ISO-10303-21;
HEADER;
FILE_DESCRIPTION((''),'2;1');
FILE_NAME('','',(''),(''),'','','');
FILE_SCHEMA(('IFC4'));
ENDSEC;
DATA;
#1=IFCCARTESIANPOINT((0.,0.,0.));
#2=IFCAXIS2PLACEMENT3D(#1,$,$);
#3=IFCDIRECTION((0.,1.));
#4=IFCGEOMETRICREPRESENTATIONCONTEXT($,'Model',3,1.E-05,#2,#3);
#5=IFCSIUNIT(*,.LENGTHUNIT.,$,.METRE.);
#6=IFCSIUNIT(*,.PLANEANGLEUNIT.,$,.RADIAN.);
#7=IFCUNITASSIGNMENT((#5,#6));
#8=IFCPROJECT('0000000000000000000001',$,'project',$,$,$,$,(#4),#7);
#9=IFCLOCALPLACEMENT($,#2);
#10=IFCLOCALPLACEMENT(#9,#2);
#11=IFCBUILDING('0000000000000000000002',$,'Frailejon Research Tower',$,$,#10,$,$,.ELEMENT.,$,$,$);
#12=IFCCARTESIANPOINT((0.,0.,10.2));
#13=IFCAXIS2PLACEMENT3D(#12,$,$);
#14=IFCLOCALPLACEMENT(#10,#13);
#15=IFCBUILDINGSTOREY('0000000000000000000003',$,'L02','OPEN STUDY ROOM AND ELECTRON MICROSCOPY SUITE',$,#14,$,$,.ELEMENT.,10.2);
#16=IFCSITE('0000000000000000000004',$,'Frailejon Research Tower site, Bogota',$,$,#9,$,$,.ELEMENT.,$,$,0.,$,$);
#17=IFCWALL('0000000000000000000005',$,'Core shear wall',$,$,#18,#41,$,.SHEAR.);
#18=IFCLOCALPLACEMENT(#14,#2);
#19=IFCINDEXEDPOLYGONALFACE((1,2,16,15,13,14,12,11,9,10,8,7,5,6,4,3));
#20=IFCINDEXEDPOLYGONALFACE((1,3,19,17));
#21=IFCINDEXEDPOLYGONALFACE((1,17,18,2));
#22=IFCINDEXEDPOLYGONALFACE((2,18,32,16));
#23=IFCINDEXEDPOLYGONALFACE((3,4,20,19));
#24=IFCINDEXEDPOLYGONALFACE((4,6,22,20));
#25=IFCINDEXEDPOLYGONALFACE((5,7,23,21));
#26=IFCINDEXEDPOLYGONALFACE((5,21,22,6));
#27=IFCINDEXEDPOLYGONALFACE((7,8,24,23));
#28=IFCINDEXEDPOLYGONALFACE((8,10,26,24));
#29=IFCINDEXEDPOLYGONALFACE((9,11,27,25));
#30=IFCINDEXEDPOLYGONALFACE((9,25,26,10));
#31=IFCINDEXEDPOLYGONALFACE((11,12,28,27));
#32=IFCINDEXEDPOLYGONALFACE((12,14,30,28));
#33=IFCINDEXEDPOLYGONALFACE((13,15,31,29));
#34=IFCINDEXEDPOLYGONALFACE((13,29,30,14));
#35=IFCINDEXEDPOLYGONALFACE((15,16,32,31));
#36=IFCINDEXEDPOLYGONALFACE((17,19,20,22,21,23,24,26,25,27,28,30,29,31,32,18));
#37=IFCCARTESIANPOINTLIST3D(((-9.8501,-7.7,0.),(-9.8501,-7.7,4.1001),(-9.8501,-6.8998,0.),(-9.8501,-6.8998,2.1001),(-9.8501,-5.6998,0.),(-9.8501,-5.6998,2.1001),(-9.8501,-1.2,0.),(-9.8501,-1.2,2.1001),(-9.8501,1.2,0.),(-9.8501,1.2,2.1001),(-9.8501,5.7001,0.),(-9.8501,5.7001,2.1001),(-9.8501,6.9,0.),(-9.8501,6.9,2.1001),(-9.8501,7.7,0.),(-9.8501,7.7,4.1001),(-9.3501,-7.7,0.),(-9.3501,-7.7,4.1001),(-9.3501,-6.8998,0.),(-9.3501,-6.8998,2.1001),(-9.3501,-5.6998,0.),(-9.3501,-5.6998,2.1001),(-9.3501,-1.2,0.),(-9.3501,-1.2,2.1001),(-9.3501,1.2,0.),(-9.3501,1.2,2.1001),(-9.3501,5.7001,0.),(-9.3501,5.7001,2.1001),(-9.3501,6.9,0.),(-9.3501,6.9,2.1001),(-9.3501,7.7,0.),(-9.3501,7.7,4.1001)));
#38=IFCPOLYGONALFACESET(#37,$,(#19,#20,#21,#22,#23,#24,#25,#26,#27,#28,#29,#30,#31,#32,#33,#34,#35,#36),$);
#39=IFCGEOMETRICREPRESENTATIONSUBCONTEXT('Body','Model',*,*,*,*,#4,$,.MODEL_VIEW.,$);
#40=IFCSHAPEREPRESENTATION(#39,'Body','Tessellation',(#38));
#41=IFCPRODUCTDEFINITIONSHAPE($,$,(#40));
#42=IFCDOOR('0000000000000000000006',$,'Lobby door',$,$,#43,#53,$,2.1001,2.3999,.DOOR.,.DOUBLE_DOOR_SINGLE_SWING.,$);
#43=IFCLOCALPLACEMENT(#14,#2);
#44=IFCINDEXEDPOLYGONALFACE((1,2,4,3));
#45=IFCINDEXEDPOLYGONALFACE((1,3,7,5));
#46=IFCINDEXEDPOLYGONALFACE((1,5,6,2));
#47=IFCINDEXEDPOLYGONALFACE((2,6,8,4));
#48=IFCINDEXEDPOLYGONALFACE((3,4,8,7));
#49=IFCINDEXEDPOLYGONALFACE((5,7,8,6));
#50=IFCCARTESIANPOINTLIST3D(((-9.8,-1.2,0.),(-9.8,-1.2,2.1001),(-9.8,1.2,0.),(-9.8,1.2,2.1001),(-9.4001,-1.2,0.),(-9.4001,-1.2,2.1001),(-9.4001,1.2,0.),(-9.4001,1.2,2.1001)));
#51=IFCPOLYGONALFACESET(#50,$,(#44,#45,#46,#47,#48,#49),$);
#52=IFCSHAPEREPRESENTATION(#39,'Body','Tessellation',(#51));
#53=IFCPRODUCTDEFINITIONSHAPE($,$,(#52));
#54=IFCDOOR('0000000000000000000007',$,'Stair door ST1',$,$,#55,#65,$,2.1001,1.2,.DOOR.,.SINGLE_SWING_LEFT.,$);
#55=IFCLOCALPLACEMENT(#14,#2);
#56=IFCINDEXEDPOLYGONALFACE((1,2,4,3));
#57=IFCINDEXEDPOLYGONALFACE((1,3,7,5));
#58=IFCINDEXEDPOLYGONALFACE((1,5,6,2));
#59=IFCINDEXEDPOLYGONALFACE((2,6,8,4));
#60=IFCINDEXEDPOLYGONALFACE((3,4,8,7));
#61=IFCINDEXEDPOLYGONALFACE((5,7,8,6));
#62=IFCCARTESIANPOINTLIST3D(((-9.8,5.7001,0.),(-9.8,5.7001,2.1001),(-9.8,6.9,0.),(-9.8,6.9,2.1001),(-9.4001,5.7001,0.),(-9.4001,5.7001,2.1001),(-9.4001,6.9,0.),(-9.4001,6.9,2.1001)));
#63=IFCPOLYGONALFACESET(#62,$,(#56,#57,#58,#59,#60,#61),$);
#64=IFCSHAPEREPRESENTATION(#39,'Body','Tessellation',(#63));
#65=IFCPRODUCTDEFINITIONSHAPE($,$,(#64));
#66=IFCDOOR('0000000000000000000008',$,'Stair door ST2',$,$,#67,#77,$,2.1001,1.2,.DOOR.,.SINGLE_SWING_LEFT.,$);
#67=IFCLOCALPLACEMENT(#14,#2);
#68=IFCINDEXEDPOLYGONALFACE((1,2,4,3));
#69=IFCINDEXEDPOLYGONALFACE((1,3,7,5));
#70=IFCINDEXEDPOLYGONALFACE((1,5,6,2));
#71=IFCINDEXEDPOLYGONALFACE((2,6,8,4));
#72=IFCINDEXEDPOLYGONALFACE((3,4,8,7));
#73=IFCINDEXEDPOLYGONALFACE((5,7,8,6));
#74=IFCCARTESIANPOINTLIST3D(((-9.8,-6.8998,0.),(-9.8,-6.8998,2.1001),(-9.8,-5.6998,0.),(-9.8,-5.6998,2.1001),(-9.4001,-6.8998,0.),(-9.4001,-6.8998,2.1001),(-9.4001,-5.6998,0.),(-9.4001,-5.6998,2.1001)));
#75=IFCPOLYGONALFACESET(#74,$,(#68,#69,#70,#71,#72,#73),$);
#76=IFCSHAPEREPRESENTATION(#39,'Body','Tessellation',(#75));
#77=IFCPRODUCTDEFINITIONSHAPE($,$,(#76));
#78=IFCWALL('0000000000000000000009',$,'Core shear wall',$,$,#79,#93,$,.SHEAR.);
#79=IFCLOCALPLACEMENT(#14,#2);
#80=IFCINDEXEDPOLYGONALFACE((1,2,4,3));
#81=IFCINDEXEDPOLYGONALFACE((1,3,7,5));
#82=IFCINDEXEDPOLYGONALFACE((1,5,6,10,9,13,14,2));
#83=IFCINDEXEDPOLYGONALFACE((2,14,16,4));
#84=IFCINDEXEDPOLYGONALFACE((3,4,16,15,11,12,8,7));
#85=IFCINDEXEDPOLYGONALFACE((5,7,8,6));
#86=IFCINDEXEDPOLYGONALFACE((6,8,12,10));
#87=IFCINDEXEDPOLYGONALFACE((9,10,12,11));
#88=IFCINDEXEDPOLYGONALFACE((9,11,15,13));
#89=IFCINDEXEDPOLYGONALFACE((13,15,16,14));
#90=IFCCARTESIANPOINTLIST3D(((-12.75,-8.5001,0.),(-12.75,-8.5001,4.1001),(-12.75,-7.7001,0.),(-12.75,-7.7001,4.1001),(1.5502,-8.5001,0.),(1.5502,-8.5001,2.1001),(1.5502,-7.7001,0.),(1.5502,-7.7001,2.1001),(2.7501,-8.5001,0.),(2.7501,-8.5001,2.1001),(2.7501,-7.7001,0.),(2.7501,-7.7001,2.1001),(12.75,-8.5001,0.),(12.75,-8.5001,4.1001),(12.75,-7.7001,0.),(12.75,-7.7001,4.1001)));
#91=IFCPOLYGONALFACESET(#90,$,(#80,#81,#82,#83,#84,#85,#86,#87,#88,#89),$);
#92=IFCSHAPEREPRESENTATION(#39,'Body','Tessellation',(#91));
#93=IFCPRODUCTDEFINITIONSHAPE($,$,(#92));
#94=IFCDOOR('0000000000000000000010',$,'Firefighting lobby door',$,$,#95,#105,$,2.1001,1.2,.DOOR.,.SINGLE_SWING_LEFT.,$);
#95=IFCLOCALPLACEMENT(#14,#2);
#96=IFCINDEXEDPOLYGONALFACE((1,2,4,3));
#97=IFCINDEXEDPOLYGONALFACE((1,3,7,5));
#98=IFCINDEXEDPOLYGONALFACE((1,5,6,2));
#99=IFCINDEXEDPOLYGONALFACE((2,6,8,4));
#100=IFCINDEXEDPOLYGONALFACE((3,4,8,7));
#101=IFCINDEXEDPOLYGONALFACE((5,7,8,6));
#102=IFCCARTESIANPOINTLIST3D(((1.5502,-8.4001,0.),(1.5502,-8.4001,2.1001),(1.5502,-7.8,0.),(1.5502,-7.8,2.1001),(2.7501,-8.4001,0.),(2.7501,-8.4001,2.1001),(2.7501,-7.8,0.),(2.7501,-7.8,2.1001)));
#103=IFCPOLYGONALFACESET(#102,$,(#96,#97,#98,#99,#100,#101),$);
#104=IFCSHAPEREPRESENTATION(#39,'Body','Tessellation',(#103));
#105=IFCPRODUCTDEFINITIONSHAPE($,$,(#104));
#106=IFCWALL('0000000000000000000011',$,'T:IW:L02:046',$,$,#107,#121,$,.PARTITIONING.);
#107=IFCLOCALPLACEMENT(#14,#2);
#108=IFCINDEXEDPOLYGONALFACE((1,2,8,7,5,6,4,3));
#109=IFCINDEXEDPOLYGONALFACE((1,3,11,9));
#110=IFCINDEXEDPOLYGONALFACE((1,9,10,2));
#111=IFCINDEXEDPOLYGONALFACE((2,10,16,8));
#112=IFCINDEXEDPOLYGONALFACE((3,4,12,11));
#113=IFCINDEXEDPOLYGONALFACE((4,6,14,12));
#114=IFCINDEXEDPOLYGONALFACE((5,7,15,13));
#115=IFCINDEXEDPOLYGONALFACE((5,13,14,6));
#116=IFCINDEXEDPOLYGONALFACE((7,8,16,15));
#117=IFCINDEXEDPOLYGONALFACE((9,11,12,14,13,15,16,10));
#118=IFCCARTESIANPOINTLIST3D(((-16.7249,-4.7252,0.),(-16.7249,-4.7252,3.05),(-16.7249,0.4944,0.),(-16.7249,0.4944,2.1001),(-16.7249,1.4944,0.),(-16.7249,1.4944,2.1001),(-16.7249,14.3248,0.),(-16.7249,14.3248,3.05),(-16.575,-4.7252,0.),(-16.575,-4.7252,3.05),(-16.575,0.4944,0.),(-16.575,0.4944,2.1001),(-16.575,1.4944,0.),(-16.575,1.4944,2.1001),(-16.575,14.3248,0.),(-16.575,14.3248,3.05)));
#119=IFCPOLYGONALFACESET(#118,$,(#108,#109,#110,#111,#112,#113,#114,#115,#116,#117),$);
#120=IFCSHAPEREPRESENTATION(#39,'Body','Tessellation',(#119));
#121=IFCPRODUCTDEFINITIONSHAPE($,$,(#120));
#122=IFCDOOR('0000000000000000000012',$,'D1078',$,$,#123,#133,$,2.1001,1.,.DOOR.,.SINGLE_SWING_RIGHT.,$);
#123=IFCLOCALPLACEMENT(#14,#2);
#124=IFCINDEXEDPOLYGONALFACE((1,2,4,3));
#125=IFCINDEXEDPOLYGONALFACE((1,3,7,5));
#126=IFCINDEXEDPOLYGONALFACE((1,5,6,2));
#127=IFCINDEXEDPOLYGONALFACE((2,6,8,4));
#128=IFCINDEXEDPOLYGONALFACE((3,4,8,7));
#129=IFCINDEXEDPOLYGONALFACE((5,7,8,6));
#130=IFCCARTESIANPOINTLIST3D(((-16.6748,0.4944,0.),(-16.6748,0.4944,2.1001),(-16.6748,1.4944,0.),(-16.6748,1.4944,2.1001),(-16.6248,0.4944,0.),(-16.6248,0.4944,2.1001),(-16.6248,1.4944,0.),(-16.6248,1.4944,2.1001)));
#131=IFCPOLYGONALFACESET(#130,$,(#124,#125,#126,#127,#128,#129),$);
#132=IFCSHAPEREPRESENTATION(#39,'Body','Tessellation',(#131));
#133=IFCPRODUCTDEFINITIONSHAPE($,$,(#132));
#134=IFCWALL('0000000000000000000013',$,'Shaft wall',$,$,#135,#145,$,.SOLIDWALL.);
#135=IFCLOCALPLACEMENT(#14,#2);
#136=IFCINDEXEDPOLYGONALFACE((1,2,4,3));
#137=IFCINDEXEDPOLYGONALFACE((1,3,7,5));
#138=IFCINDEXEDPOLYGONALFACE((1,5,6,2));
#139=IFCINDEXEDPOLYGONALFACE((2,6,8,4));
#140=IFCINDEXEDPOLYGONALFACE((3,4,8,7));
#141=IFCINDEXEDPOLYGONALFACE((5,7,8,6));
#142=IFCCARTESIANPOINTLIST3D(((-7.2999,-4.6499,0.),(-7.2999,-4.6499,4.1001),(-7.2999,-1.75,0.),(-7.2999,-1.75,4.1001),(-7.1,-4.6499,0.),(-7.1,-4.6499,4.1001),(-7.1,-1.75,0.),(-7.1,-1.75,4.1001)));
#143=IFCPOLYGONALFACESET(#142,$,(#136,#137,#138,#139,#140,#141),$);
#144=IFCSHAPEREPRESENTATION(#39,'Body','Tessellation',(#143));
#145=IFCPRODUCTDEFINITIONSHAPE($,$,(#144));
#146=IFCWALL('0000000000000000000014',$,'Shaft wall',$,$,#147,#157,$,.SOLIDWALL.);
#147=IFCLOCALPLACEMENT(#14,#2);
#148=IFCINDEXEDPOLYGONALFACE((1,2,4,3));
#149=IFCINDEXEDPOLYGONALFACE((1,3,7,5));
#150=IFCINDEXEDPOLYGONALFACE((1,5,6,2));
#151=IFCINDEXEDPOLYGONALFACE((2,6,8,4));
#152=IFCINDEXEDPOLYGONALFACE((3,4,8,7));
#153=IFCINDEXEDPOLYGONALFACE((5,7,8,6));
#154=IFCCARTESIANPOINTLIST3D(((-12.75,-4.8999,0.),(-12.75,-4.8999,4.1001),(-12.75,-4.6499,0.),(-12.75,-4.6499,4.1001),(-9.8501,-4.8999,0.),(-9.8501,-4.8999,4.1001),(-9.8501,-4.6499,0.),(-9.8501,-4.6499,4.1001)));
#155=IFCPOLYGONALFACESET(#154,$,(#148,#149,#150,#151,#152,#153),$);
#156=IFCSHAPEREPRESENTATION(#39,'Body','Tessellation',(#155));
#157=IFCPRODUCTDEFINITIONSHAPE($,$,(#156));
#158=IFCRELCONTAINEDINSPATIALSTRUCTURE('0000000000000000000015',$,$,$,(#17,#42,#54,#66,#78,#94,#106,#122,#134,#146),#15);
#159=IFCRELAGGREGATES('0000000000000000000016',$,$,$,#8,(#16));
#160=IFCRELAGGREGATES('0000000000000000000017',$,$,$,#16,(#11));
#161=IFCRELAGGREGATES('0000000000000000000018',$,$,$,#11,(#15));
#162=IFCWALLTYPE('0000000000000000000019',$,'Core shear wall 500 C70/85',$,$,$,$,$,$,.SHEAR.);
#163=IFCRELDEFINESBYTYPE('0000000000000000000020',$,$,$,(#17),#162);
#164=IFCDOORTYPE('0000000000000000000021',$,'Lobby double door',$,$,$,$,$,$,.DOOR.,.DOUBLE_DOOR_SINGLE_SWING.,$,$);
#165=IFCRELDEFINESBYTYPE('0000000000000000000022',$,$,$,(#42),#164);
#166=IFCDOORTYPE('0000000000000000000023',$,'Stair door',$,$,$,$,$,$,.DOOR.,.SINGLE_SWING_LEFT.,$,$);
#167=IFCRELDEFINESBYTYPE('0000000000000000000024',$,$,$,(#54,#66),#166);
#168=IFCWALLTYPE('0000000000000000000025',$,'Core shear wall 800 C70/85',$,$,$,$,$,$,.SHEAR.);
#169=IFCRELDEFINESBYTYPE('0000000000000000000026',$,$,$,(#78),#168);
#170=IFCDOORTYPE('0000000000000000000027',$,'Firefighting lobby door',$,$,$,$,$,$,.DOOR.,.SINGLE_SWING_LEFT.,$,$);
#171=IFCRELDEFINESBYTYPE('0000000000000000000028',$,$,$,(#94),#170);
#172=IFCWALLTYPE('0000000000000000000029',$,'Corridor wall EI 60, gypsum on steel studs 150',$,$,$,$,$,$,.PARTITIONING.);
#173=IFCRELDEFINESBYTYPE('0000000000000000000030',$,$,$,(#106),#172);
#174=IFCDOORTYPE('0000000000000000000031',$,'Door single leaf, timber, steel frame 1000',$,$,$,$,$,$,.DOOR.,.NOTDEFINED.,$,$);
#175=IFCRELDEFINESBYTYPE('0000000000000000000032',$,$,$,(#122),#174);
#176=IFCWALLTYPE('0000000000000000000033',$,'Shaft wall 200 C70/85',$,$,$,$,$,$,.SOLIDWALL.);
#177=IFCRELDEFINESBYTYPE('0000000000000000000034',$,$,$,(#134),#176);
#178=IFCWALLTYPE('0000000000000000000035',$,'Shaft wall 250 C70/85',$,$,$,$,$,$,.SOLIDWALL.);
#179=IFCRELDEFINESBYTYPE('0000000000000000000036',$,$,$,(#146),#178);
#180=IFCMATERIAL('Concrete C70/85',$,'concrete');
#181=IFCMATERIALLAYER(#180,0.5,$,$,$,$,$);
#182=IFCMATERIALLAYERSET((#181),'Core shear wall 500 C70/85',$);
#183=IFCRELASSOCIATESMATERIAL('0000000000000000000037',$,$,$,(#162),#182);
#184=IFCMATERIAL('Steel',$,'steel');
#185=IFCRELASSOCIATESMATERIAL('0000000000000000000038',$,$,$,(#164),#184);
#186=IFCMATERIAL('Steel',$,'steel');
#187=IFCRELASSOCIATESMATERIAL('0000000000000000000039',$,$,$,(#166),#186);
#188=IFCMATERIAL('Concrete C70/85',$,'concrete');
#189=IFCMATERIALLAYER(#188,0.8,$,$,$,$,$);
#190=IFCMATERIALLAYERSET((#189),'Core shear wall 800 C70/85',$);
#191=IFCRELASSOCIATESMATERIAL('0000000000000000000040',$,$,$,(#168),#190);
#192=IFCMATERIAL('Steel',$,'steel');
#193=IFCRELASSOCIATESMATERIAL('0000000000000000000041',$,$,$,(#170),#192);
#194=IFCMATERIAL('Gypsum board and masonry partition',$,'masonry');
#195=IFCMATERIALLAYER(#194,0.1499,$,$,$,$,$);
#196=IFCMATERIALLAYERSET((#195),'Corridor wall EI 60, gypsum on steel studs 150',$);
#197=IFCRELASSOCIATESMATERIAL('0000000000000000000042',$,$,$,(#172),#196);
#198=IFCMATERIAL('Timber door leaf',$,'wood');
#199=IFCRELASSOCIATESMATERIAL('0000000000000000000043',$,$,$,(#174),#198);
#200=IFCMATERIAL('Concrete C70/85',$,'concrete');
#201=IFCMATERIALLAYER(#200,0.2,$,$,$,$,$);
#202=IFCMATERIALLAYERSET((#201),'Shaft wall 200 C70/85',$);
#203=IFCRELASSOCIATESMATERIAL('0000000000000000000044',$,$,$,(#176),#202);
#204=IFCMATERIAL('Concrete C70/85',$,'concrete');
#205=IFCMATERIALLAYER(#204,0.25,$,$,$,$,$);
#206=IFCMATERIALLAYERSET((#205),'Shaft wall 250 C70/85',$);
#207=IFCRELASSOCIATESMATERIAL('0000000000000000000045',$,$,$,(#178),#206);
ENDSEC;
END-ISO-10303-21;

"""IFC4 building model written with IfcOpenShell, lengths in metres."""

from ifc_helpers import new_model, si_unit, direction, frame, frame_2d, origin, place, context, subcontext, project, spatial, rectangle, extrude, material, layer, layer_set, type_object, element, fill, save


model = new_model("IFC4")

# Units and contexts
model_context = context("Model", 3, precision=1e-05, world=origin(), true_north=direction((0.0, 1.0)))
body_context = subcontext(model_context, "Body", "Model", "MODEL_VIEW")
ifc_project = project(units=[si_unit("LENGTHUNIT", "METRE"), si_unit("PLANEANGLEUNIT", "RADIAN")], contexts=[model_context])

# Site, building, storey
site_placement = place(None, origin())
site = spatial("IfcSite", under=ifc_project, at=site_placement, Name="Frailejon Research Tower site, Bogota", CompositionType="ELEMENT", RefElevation=0.0)
building_placement = place(site_placement, origin())
building = spatial("IfcBuilding", under=site, at=building_placement, Name="Frailejon Research Tower", CompositionType="ELEMENT")
storey_placement = place(building_placement, frame((0.0, 0.0, 10.2)))
storey = spatial("IfcBuildingStorey", under=building, at=storey_placement, Name="L02", Description="OPEN STUDY ROOM AND ELECTRON MICROSCOPY SUITE", CompositionType="ELEMENT", Elevation=10.2)

# Wall, openings, doors
ifc_material_1 = material(Name="Concrete C70/85", Category="concrete")
ifc_layer_1 = layer(ifc_material_1, 0.5)
ifc_layer_set_1 = layer_set([ifc_layer_1], Name="Core shear wall 500 C70/85")
wall_type_1 = type_object("IfcWallType", Name="Core shear wall 500 C70/85", PredefinedType="SHEAR", material=ifc_layer_set_1)
wall_1_placement = place(storey_placement, frame((-9.6001, -7.7, 0.0), z_axis=(0.0, 0.0, 1.0), x_axis=(0.0, 1.0, 0.0)))
wall_1 = element("IfcWall", 1, at=wall_1_placement, inside=storey, type_object=wall_type_1, Name="Core shear wall", PredefinedType="SHEAR", context=body_context, shape_type="SweptSolid", body=[
    extrude(rectangle(XDim=15.3999, YDim=0.5, at=frame_2d((7.7, 0.0))), origin(), (0.0, 0.0, 1.0), 4.1001),
])
opening_1_placement = place(wall_1_placement, frame((6.5, 0.0, 0.0)))
opening_1 = element("IfcOpeningElement", 2, at=opening_1_placement, cuts=wall_1, PredefinedType="OPENING", context=body_context, shape_type="SweptSolid", body=[
    extrude(rectangle(XDim=2.3999, YDim=2.1001, at=frame_2d((1.2, 1.05))), frame((0.0, 0.26, 0.0), z_axis=(0.0, -1.0, 0.0), x_axis=(1.0, 0.0, 0.0)), (0.0, 0.0, 1.0), 0.52),
])
opening_2_placement = place(wall_1_placement, frame((13.3999, 0.0, 0.0)))
opening_2 = element("IfcOpeningElement", 3, at=opening_2_placement, cuts=wall_1, PredefinedType="OPENING", context=body_context, shape_type="SweptSolid", body=[
    extrude(rectangle(XDim=1.2, YDim=2.1001, at=frame_2d((0.6001, 1.05))), frame((0.0, 0.26, 0.0), z_axis=(0.0, -1.0, 0.0), x_axis=(1.0, 0.0, 0.0)), (0.0, 0.0, 1.0), 0.52),
])
opening_3_placement = place(wall_1_placement, frame((0.8, 0.0, 0.0)))
opening_3 = element("IfcOpeningElement", 4, at=opening_3_placement, cuts=wall_1, PredefinedType="OPENING", context=body_context, shape_type="SweptSolid", body=[
    extrude(rectangle(XDim=1.2, YDim=2.1001, at=frame_2d((0.6001, 1.05))), frame((0.0, 0.26, 0.0), z_axis=(0.0, -1.0, 0.0), x_axis=(1.0, 0.0, 0.0)), (0.0, 0.0, 1.0), 0.52),
])
ifc_material_2 = material(Name="Steel", Category="steel")
door_type_1 = type_object("IfcDoorType", Name="Lobby double door", OperationType="DOUBLE_DOOR_SINGLE_SWING", PredefinedType="DOOR", material=ifc_material_2)
door_1_placement = place(opening_1_placement, origin())
door_1 = element("IfcDoor", 5, at=door_1_placement, inside=storey, type_object=door_type_1, Name="Lobby door", OperationType="DOUBLE_DOOR_SINGLE_SWING", OverallHeight=2.1001, OverallWidth=2.3999, PredefinedType="DOOR", context=body_context, shape_type="SweptSolid", body=[
    extrude(rectangle(XDim=2.3999, YDim=2.1001, at=frame_2d((1.2, 1.05))), frame((0.0, 0.2, 0.0), z_axis=(0.0, -1.0, 0.0), x_axis=(1.0, 0.0, 0.0)), (0.0, 0.0, 1.0), 0.3999),
])
fill(opening_1, door_1)
ifc_material_3 = material(Name="Steel", Category="steel")
door_type_2 = type_object("IfcDoorType", Name="Stair door", OperationType="SINGLE_SWING_LEFT", PredefinedType="DOOR", material=ifc_material_3)
door_2_placement = place(opening_2_placement, origin())
door_2 = element("IfcDoor", 6, at=door_2_placement, inside=storey, type_object=door_type_2, Name="Stair door ST1", OperationType="SINGLE_SWING_LEFT", OverallHeight=2.1001, OverallWidth=1.2, PredefinedType="DOOR", context=body_context, shape_type="SweptSolid", body=[
    extrude(rectangle(XDim=1.2, YDim=2.1001, at=frame_2d((0.6001, 1.05))), frame((0.0, 0.2, 0.0), z_axis=(0.0, -1.0, 0.0), x_axis=(1.0, 0.0, 0.0)), (0.0, 0.0, 1.0), 0.3999),
])
fill(opening_2, door_2)
door_3_placement = place(opening_3_placement, origin())
door_3 = element("IfcDoor", 7, at=door_3_placement, inside=storey, type_object=door_type_2, Name="Stair door ST2", OperationType="SINGLE_SWING_LEFT", OverallHeight=2.1001, OverallWidth=1.2, PredefinedType="DOOR", context=body_context, shape_type="SweptSolid", body=[
    extrude(rectangle(XDim=1.2, YDim=2.1001, at=frame_2d((0.6001, 1.05))), frame((0.0, 0.2, 0.0), z_axis=(0.0, -1.0, 0.0), x_axis=(1.0, 0.0, 0.0)), (0.0, 0.0, 1.0), 0.3999),
])
fill(opening_3, door_3)

# Walls, openings, doors
ifc_material_4 = material(Name="Concrete C70/85", Category="concrete")
ifc_layer_2 = layer(ifc_material_4, 0.8)
ifc_layer_set_2 = layer_set([ifc_layer_2], Name="Core shear wall 800 C70/85")
wall_type_2 = type_object("IfcWallType", Name="Core shear wall 800 C70/85", PredefinedType="SHEAR", material=ifc_layer_set_2)
wall_2_placement = place(storey_placement, frame((-12.75, -8.1001, 0.0), z_axis=(0.0, 0.0, 1.0), x_axis=(1.0, 0.0, 0.0)))
wall_2 = element("IfcWall", 8, at=wall_2_placement, inside=storey, type_object=wall_type_2, Name="Core shear wall", PredefinedType="SHEAR", context=body_context, shape_type="SweptSolid", body=[
    extrude(rectangle(XDim=25.5, YDim=0.8, at=frame_2d((12.75, 0.0))), origin(), (0.0, 0.0, 1.0), 4.1001),
])
opening_4_placement = place(wall_2_placement, frame((14.3, 0.0, 0.0)))
opening_4 = element("IfcOpeningElement", 9, at=opening_4_placement, cuts=wall_2, PredefinedType="OPENING", context=body_context, shape_type="SweptSolid", body=[
    extrude(rectangle(XDim=1.2, YDim=2.1001, at=frame_2d((0.6001, 1.05))), frame((0.0, 0.4099, 0.0), z_axis=(0.0, -1.0, 0.0), x_axis=(1.0, 0.0, 0.0)), (0.0, 0.0, 1.0), 0.8201),
])
ifc_material_5 = material(Name="Steel", Category="steel")
door_type_3 = type_object("IfcDoorType", Name="Firefighting lobby door", OperationType="SINGLE_SWING_LEFT", PredefinedType="DOOR", material=ifc_material_5)
door_4_placement = place(opening_4_placement, origin())
door_4 = element("IfcDoor", 10, at=door_4_placement, inside=storey, type_object=door_type_3, Name="Firefighting lobby door", OperationType="SINGLE_SWING_LEFT", OverallHeight=2.1001, OverallWidth=1.2, PredefinedType="DOOR", context=body_context, shape_type="SweptSolid", body=[
    extrude(rectangle(XDim=1.2, YDim=2.1001, at=frame_2d((0.6001, 1.05))), frame((0.0, 0.3, 0.0), z_axis=(0.0, -1.0, 0.0), x_axis=(1.0, 0.0, 0.0)), (0.0, 0.0, 1.0), 0.6001),
])
fill(opening_4, door_4)
ifc_material_6 = material(Name="Gypsum board and masonry partition", Category="masonry")
ifc_layer_3 = layer(ifc_material_6, 0.1499)
ifc_layer_set_3 = layer_set([ifc_layer_3], Name="Corridor wall EI 60, gypsum on steel studs 150")
wall_type_3 = type_object("IfcWallType", Name="Corridor wall EI 60, gypsum on steel studs 150", PredefinedType="PARTITIONING", material=ifc_layer_set_3)
wall_3_placement = place(storey_placement, frame((-16.6499, -4.7251, 0.0), z_axis=(0.0, 0.0, 1.0), x_axis=(0.0, 1.0, 0.0)))
wall_3 = element("IfcWall", 11, at=wall_3_placement, inside=storey, type_object=wall_type_3, Name="T:IW:L02:046", PredefinedType="PARTITIONING", context=body_context, shape_type="SweptSolid", body=[
    extrude(rectangle(XDim=19.05, YDim=0.1499, at=frame_2d((9.5249, 0.0))), origin(), (0.0, 0.0, 1.0), 3.05),
])
opening_5_placement = place(wall_3_placement, frame((5.2195, 0.0, 0.0)))
opening_5 = element("IfcOpeningElement", 12, at=opening_5_placement, cuts=wall_3, PredefinedType="OPENING", context=body_context, shape_type="SweptSolid", body=[
    extrude(rectangle(XDim=1.0, YDim=2.1001, at=frame_2d((0.5, 1.05))), frame((0.0, 0.085, 0.0), z_axis=(0.0, -1.0, 0.0), x_axis=(1.0, 0.0, 0.0)), (0.0, 0.0, 1.0), 0.1699),
])
ifc_material_7 = material(Name="Timber door leaf", Category="wood")
door_type_4 = type_object("IfcDoorType", Name="Door single leaf, timber, steel frame 1000", OperationType="NOTDEFINED", PredefinedType="DOOR", material=ifc_material_7)
door_5_placement = place(opening_5_placement, origin())
door_5 = element("IfcDoor", 13, at=door_5_placement, inside=storey, type_object=door_type_4, Name="D1078", OperationType="SINGLE_SWING_RIGHT", OverallHeight=2.1001, OverallWidth=1.0, PredefinedType="DOOR", context=body_context, shape_type="SweptSolid", body=[
    extrude(rectangle(XDim=1.0, YDim=2.1001, at=frame_2d((0.5, 1.05))), frame((0.0, 0.0249, 0.0), z_axis=(0.0, -1.0, 0.0), x_axis=(1.0, 0.0, 0.0)), (0.0, 0.0, 1.0), 0.05),
])
fill(opening_5, door_5)

# Walls
ifc_material_8 = material(Name="Concrete C70/85", Category="concrete")
ifc_layer_4 = layer(ifc_material_8, 0.2)
ifc_layer_set_4 = layer_set([ifc_layer_4], Name="Shaft wall 200 C70/85")
wall_type_4 = type_object("IfcWallType", Name="Shaft wall 200 C70/85", PredefinedType="SOLIDWALL", material=ifc_layer_set_4)
wall_4_placement = place(storey_placement, frame((-7.2, -4.6499, 0.0), z_axis=(0.0, 0.0, 1.0), x_axis=(0.0, 1.0, 0.0)))
element("IfcWall", 14, at=wall_4_placement, inside=storey, type_object=wall_type_4, Name="Shaft wall", PredefinedType="SOLIDWALL", context=body_context, shape_type="SweptSolid", body=[
    extrude(rectangle(XDim=2.8999, YDim=0.2, at=frame_2d((1.45, 0.0))), origin(), (0.0, 0.0, 1.0), 4.1001),
])
ifc_material_9 = material(Name="Concrete C70/85", Category="concrete")
ifc_layer_5 = layer(ifc_material_9, 0.25)
ifc_layer_set_5 = layer_set([ifc_layer_5], Name="Shaft wall 250 C70/85")
wall_type_5 = type_object("IfcWallType", Name="Shaft wall 250 C70/85", PredefinedType="SOLIDWALL", material=ifc_layer_set_5)
wall_5_placement = place(storey_placement, frame((-12.75, -4.7749, 0.0), z_axis=(0.0, 0.0, 1.0), x_axis=(1.0, 0.0, 0.0)))
element("IfcWall", 15, at=wall_5_placement, inside=storey, type_object=wall_type_5, Name="Shaft wall", PredefinedType="SOLIDWALL", context=body_context, shape_type="SweptSolid", body=[
    extrude(rectangle(XDim=2.8999, YDim=0.25, at=frame_2d((1.45, 0.0))), origin(), (0.0, 0.0, 1.0), 4.1001),
])

save(model, "model.ifc")
